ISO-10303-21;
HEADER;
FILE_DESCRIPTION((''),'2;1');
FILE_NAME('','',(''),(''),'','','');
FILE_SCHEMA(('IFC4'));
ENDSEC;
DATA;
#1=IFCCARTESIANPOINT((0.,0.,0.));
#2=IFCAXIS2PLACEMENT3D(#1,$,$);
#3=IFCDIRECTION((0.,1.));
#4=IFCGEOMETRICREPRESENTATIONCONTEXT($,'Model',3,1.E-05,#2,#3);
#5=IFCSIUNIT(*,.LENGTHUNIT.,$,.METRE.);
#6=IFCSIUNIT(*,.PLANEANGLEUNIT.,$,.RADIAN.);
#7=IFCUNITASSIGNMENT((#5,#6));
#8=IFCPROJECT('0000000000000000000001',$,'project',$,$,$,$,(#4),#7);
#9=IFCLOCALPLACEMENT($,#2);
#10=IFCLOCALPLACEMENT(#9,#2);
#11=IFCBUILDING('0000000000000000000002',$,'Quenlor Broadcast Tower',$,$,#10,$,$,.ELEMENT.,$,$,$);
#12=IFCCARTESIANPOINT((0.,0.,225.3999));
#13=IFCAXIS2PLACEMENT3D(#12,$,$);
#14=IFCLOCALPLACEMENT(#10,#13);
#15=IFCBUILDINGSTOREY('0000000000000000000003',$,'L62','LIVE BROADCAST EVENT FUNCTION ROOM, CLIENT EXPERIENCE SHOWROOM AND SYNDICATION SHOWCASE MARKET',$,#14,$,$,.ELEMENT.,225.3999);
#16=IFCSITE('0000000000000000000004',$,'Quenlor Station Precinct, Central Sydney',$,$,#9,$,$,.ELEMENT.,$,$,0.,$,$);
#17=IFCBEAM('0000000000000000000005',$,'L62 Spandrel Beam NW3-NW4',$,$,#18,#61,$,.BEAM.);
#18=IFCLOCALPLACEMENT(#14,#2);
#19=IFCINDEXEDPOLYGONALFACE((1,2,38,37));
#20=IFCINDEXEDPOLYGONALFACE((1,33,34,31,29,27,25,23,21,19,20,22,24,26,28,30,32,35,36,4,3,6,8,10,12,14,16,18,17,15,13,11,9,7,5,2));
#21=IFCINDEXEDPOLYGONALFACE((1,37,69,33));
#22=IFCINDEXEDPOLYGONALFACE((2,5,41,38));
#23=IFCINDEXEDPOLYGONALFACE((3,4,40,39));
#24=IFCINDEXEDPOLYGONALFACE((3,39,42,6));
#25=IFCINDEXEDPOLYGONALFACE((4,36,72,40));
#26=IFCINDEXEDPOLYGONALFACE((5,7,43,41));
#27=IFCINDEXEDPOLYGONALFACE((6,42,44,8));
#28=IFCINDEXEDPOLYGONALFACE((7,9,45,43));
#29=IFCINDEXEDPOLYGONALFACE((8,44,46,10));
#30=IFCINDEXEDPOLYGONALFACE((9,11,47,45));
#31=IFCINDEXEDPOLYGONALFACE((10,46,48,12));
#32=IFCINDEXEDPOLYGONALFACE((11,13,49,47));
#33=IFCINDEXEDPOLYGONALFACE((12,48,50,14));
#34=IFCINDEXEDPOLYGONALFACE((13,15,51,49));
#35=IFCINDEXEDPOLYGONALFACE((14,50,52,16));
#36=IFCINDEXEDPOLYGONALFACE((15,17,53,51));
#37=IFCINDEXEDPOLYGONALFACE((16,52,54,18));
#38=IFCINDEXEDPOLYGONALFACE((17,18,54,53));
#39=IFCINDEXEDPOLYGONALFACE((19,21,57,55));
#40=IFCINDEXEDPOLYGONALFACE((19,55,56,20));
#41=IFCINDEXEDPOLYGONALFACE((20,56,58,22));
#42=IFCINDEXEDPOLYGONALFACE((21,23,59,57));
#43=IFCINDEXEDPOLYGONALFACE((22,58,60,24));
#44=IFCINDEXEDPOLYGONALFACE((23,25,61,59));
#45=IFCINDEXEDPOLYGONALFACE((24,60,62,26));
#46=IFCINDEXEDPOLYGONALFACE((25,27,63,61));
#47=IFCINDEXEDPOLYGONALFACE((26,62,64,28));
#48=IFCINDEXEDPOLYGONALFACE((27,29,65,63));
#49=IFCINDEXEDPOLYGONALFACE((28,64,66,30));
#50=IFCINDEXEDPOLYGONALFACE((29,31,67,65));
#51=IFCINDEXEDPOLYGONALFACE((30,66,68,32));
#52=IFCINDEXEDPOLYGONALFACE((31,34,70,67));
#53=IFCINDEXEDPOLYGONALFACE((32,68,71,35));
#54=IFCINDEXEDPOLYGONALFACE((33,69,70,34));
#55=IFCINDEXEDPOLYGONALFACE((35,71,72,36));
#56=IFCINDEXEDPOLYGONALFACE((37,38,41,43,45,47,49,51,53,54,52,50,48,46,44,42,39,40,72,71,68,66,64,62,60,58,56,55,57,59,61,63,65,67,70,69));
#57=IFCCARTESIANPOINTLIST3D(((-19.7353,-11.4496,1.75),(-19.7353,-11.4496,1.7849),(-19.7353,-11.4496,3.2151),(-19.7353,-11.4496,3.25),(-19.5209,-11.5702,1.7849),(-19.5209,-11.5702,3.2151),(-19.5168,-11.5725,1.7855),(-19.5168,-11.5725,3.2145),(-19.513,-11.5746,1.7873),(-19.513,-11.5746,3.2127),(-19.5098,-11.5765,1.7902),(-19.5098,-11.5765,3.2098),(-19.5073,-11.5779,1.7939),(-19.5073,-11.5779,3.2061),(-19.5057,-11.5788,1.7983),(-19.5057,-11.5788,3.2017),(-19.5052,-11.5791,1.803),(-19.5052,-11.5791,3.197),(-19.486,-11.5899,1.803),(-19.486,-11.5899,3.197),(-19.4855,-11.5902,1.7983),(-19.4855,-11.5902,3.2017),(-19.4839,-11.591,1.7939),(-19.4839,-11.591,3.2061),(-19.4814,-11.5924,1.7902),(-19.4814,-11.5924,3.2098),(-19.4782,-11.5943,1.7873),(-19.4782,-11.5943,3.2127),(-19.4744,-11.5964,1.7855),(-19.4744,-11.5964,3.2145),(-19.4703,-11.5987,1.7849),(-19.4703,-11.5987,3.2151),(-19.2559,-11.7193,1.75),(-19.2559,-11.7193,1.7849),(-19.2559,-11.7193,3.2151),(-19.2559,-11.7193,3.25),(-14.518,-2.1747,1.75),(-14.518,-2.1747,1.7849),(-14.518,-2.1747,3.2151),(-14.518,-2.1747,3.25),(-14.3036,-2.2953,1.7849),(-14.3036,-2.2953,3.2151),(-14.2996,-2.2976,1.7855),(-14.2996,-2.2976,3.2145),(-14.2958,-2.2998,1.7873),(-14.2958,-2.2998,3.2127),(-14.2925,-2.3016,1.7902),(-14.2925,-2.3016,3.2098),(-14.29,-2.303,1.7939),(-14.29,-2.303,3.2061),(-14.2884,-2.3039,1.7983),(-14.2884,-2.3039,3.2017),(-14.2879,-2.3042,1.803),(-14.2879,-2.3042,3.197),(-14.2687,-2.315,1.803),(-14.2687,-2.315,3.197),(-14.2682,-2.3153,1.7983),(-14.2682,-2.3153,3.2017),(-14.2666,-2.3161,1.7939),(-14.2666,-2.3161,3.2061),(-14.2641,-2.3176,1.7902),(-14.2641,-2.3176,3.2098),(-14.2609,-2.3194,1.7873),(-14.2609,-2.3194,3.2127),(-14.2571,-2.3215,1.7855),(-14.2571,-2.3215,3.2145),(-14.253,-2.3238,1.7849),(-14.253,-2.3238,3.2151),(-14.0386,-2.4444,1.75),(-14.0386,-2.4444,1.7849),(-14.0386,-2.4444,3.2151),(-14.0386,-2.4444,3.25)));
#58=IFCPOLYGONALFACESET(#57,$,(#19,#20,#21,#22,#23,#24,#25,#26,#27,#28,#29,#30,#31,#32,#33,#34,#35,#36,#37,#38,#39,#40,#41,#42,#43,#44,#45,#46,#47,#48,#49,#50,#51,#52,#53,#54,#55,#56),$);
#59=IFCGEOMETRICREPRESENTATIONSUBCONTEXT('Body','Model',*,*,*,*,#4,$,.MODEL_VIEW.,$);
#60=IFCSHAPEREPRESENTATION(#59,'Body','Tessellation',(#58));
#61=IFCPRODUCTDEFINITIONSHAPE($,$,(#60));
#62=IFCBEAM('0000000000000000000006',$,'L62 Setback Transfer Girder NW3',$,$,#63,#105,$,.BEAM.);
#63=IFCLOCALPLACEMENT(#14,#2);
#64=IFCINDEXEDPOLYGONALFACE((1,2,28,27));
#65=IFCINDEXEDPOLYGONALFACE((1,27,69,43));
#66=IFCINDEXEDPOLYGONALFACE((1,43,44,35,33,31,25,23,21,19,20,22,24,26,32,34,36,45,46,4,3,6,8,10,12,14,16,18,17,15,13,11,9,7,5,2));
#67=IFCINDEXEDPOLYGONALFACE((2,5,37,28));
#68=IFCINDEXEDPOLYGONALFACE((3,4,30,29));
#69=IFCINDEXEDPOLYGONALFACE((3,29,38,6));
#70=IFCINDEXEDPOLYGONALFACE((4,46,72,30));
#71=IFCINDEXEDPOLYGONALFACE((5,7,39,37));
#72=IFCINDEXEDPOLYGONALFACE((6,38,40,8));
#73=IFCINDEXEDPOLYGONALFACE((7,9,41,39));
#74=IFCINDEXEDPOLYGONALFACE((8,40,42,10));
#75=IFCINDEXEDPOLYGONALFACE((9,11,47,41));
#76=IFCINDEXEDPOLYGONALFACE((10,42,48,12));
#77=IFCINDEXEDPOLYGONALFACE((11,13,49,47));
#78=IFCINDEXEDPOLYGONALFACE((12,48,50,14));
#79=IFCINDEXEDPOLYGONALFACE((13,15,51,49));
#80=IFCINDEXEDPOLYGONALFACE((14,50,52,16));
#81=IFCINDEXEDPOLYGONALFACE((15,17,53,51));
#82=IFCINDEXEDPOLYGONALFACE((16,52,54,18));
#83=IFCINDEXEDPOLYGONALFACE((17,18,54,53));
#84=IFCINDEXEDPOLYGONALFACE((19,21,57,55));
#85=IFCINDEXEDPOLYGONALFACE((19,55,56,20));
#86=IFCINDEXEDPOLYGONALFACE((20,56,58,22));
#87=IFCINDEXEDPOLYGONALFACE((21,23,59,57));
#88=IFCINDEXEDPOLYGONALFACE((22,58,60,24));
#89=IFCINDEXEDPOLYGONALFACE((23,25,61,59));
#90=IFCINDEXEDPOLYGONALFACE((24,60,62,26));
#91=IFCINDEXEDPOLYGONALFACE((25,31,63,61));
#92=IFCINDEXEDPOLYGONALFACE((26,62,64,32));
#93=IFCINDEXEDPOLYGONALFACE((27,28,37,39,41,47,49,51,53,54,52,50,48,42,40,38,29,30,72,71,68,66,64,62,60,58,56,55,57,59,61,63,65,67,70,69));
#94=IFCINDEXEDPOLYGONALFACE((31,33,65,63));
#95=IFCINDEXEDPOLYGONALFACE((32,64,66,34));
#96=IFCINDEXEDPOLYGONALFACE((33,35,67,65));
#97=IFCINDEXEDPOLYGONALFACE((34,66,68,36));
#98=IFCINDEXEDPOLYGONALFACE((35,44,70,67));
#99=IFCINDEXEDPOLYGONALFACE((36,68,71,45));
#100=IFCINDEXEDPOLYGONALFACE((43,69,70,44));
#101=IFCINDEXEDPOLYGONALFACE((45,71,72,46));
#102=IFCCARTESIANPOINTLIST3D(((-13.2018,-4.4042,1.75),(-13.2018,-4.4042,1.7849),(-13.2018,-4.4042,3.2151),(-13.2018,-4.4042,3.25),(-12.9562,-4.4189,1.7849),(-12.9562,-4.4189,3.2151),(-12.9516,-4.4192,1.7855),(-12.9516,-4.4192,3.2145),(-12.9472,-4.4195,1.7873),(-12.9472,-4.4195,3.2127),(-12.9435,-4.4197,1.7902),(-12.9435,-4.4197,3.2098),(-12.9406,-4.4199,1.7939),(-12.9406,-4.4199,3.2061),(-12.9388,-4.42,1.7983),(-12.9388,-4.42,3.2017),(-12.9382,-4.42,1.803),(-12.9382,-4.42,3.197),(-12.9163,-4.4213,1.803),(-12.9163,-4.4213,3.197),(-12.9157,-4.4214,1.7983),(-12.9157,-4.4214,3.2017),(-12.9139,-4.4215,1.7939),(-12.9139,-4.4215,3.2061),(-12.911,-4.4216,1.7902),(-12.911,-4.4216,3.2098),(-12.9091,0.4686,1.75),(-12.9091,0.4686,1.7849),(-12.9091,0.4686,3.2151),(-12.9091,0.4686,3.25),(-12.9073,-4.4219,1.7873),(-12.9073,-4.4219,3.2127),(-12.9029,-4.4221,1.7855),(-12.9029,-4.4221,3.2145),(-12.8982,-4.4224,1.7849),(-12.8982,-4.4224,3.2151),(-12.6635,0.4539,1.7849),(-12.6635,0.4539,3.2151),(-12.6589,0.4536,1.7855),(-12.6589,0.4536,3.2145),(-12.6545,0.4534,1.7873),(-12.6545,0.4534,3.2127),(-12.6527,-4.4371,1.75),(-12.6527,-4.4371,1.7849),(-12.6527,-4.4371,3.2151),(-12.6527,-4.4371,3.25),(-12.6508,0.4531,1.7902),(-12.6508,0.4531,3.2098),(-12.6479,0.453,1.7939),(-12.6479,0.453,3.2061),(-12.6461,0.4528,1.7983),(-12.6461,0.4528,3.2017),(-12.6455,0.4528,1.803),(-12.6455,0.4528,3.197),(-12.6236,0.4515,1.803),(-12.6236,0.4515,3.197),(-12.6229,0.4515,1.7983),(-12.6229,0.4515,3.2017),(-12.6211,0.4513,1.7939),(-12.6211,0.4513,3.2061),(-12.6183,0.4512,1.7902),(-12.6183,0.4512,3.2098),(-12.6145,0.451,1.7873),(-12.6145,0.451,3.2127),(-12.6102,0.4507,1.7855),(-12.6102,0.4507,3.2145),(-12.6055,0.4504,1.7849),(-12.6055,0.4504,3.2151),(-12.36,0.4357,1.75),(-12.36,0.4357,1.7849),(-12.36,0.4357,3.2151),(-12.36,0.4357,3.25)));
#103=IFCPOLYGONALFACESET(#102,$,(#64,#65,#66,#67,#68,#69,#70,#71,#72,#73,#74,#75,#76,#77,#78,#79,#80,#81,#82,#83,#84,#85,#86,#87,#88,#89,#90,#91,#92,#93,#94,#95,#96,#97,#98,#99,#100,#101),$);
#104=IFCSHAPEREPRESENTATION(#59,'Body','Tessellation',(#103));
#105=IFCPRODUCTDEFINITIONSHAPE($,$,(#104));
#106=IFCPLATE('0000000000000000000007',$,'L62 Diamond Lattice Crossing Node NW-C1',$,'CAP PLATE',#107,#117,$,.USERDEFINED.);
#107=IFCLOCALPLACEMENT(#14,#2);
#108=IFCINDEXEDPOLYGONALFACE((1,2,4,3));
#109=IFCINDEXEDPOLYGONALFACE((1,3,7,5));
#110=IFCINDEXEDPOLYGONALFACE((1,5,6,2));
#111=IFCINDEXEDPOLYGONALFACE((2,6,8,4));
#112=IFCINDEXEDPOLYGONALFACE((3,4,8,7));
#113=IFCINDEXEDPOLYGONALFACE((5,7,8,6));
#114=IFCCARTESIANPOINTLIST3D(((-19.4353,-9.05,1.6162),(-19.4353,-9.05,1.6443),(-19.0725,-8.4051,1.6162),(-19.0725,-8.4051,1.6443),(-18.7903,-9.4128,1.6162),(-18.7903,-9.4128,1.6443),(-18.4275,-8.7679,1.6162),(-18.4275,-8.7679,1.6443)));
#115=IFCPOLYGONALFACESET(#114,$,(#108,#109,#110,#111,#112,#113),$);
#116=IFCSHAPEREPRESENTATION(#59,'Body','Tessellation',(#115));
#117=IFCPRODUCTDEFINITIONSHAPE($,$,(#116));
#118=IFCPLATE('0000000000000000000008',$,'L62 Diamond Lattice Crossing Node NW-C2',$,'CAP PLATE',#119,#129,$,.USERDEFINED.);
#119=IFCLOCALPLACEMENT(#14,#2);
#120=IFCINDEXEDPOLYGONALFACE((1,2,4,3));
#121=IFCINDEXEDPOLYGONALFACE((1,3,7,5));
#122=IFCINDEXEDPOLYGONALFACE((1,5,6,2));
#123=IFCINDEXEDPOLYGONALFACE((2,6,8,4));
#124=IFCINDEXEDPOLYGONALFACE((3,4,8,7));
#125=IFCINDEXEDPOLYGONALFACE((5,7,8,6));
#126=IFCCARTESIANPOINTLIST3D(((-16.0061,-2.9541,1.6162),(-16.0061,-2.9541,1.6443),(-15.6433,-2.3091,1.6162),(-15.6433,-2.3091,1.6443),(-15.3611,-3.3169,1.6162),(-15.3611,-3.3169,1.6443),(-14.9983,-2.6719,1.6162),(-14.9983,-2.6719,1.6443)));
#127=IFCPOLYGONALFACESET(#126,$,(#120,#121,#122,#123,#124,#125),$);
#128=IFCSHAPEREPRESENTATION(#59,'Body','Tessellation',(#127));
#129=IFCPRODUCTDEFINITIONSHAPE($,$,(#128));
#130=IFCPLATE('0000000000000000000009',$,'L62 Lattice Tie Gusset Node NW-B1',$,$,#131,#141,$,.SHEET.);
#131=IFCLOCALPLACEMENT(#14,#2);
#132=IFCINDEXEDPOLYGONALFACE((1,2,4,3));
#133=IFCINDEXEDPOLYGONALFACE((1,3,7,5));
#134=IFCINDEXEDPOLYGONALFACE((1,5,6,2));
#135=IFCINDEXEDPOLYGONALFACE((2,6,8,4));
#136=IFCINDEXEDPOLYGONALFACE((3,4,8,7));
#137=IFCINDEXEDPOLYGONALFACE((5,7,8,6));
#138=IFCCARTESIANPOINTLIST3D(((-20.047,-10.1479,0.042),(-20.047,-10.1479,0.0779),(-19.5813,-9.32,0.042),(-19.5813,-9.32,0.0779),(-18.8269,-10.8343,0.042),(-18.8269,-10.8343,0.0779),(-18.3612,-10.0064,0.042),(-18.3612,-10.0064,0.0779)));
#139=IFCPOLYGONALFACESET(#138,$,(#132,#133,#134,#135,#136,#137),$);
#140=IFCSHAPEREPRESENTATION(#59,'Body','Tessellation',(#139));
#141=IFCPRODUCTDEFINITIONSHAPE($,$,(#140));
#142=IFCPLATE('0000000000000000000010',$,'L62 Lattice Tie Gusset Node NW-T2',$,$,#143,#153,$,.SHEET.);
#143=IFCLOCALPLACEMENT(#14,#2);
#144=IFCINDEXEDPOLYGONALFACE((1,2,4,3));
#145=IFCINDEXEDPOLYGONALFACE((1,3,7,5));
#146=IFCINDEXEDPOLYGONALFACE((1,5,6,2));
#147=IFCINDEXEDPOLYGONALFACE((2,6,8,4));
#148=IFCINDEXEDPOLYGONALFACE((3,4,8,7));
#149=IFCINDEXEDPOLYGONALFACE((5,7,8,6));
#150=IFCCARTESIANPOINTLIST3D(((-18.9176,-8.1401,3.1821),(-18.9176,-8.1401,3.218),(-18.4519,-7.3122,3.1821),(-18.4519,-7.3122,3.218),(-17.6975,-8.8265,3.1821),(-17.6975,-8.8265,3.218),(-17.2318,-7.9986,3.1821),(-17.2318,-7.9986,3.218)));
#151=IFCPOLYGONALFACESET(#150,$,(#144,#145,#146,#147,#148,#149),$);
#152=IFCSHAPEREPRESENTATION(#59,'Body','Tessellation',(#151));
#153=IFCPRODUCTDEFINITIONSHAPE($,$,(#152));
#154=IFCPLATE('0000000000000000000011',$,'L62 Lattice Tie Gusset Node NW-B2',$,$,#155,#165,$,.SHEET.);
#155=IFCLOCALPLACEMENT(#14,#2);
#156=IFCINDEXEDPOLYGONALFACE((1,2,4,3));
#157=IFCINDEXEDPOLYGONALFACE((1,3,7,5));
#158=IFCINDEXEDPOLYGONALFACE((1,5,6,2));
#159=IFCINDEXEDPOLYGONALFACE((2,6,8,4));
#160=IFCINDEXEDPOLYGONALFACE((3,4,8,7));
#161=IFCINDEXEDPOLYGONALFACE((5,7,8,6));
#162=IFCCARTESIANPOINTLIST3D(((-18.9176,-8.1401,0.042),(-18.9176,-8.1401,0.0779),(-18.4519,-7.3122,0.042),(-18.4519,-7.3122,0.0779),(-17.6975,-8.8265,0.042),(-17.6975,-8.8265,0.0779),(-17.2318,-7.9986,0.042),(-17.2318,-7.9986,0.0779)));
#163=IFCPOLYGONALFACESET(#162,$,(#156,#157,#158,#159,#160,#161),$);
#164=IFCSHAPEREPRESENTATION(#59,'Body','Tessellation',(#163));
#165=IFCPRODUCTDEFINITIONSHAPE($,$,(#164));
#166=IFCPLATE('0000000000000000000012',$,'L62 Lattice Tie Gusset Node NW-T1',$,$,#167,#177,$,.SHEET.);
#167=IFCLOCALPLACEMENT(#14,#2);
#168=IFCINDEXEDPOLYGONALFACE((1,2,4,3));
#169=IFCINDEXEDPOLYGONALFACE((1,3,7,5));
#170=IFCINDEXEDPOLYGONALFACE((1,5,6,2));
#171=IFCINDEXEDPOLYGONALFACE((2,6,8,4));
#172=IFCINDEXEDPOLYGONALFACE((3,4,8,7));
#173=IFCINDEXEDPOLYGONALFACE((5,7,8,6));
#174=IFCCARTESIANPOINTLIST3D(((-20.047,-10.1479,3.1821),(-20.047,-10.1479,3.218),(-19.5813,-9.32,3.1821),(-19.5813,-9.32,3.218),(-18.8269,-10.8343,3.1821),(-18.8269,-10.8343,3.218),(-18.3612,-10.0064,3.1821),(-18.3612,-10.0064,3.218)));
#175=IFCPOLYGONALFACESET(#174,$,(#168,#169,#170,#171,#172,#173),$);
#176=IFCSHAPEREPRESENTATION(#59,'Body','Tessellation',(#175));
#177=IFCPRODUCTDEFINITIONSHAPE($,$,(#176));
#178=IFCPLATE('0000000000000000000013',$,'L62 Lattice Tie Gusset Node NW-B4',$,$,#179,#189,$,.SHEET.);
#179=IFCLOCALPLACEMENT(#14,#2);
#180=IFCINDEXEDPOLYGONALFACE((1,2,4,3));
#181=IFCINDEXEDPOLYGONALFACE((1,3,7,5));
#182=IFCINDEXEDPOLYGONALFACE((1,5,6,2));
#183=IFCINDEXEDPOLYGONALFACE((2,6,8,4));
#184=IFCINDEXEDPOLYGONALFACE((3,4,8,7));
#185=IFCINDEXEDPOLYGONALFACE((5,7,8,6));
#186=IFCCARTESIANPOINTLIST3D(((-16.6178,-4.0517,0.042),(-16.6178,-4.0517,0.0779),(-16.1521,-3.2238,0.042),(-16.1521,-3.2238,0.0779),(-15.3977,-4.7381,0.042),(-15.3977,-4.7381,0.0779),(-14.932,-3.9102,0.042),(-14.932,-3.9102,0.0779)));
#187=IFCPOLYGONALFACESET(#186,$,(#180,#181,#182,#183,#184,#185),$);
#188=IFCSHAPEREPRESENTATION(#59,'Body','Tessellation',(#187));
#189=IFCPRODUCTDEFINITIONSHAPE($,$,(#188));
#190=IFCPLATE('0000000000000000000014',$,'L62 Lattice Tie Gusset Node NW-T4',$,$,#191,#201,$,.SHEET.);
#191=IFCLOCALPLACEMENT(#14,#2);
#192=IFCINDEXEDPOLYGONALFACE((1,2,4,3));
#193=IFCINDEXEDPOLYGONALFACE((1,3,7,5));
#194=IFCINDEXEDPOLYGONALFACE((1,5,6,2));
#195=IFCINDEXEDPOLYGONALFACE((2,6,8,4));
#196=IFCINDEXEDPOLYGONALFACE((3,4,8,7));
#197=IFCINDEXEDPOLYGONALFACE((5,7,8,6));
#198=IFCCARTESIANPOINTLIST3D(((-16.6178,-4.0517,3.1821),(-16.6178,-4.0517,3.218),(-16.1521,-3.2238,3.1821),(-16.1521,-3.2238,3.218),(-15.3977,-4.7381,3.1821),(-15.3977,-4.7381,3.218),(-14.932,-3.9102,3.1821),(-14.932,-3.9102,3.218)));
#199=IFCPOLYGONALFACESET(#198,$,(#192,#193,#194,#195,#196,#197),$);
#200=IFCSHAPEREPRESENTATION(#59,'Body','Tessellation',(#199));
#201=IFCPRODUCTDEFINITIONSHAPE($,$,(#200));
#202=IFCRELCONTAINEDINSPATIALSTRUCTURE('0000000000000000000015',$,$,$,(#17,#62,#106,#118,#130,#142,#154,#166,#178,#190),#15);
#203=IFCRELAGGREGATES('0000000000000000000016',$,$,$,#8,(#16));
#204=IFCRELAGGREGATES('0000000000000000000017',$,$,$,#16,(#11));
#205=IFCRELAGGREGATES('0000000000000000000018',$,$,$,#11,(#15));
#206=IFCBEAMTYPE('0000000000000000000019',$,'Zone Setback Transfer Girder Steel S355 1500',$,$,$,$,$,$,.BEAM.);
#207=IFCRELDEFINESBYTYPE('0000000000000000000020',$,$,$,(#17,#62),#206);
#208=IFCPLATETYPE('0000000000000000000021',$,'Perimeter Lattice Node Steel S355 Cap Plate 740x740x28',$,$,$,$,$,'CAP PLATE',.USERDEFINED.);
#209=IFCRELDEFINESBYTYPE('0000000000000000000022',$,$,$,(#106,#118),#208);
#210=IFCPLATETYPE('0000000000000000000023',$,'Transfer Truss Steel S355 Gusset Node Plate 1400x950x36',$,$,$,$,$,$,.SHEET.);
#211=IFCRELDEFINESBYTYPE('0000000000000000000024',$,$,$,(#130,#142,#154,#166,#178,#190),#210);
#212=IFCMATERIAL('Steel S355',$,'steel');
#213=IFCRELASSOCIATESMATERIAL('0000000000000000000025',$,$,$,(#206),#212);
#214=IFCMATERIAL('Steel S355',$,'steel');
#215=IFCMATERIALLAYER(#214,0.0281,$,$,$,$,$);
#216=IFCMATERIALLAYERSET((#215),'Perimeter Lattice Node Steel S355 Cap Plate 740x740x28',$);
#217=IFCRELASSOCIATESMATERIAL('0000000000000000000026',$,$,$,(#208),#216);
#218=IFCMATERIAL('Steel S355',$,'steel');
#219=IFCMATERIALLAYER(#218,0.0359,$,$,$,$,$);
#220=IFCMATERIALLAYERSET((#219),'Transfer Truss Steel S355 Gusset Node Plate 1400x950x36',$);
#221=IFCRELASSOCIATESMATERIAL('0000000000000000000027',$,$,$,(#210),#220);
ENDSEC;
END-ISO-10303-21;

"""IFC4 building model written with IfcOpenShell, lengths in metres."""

from ifc_helpers import new_model, si_unit, direction, frame, origin, origin_2d, place, context, subcontext, project, spatial, rectangle, i_section, extrude, material, layer, layer_set, material_profile, profile_set, type_object, element, save


model = new_model("IFC4")

# Units and contexts
model_context = context("Model", 3, precision=1e-05, world=origin(), true_north=direction((0.0, 1.0)))
body_context = subcontext(model_context, "Body", "Model", "MODEL_VIEW")
ifc_project = project(units=[si_unit("LENGTHUNIT", "METRE"), si_unit("PLANEANGLEUNIT", "RADIAN")], contexts=[model_context])

# Site, building, storey
site_placement = place(None, origin())
site = spatial("IfcSite", under=ifc_project, at=site_placement, Name="Quenlor Station Precinct, Central Sydney", CompositionType="ELEMENT", RefElevation=0.0)
building_placement = place(site_placement, origin())
building = spatial("IfcBuilding", under=site, at=building_placement, Name="Quenlor Broadcast Tower", CompositionType="ELEMENT")
storey_placement = place(building_placement, frame((0.0, 0.0, 225.3999)))
storey = spatial("IfcBuildingStorey", under=building, at=storey_placement, Name="L62", Description="LIVE BROADCAST EVENT FUNCTION ROOM, CLIENT EXPERIENCE SHOWROOM AND SYNDICATION SHOWCASE MARKET", CompositionType="ELEMENT", Elevation=225.3999)

# Beams
ifc_material_1 = material(Name="Steel S355", Category="steel")
ifc_material_profile_1 = material_profile(ifc_material_1, i_section(OverallWidth=0.55, OverallDepth=1.5, WebThickness=0.022, FlangeThickness=0.0349, FilletRadius=0.0181, at=origin_2d()))
ifc_profile_set_1 = profile_set([ifc_material_profile_1], Name="Steel S355 1500TG510")
beam_type_1 = type_object("IfcBeamType", Name="Zone Setback Transfer Girder Steel S355 1500", PredefinedType="BEAM", material=ifc_profile_set_1)
beam_1_placement = place(storey_placement, frame((-14.2783, -2.3096, 2.5), z_axis=(-0.490272, -0.871569, 0.0), x_axis=(0.871569, -0.490272, 0.0)))
element("IfcBeam", 1, at=beam_1_placement, inside=storey, type_object=beam_type_1, Name="L62 Spandrel Beam NW3-NW4", PredefinedType="BEAM", context=body_context, shape_type="SweptSolid", body=[
    extrude(i_section(OverallWidth=0.55, OverallDepth=1.5, WebThickness=0.022, FlangeThickness=0.0349, FilletRadius=0.0181, at=origin_2d()), origin(), (0.0, 0.0, 1.0), 10.6416),
])
beam_2_placement = place(storey_placement, frame((-12.9272, -4.4207, 2.5), z_axis=(0.059965, 0.9982, 0.0), x_axis=(-0.9982, 0.059965, 0.0)))
element("IfcBeam", 2, at=beam_2_placement, inside=storey, type_object=beam_type_1, Name="L62 Setback Transfer Girder NW3", PredefinedType="BEAM", context=body_context, shape_type="SweptSolid", body=[
    extrude(i_section(OverallWidth=0.55, OverallDepth=1.5, WebThickness=0.022, FlangeThickness=0.0349, FilletRadius=0.0181, at=origin_2d()), origin(), (0.0, 0.0, 1.0), 4.8816),
])

# Plates
ifc_material_2 = material(Name="Steel S355", Category="steel")
ifc_layer_1 = layer(ifc_material_2, 0.0281)
ifc_layer_set_1 = layer_set([ifc_layer_1], Name="Perimeter Lattice Node Steel S355 Cap Plate 740x740x28")
plate_type_1 = type_object("IfcPlateType", Name="Perimeter Lattice Node Steel S355 Cap Plate 740x740x28", ElementType="CAP PLATE", PredefinedType="USERDEFINED", material=ifc_layer_set_1)
for number, where, z_axis, x_axis, name in (
    (3, (-18.9314, -8.9089, 1.6162), (0.0, 0.0, 1.0), (0.490295, 0.871556, 0.0), "L62 Diamond Lattice Crossing Node NW-C1"),
    (4, (-15.5022, -2.813, 1.6162), (0.0, 0.0, 1.0), (0.490295, 0.871556, 0.0), "L62 Diamond Lattice Crossing Node NW-C2"),
):
    element("IfcPlate", number, at=place(storey_placement, frame(where, z_axis=z_axis, x_axis=x_axis)), inside=storey, type_object=plate_type_1, Name=name, ObjectType="CAP PLATE", PredefinedType="USERDEFINED", context=body_context, shape_type="SweptSolid", body=[
        extrude(rectangle(XDim=0.74, YDim=0.74, at=origin_2d()), origin(), (0.0, 0.0, 1.0), 0.0281),
    ])
ifc_material_3 = material(Name="Steel S355", Category="steel")
ifc_layer_2 = layer(ifc_material_3, 0.0359)
ifc_layer_set_2 = layer_set([ifc_layer_2], Name="Transfer Truss Steel S355 Gusset Node Plate 1400x950x36")
plate_type_2 = type_object("IfcPlateType", Name="Transfer Truss Steel S355 Gusset Node Plate 1400x950x36", PredefinedType="SHEET", material=ifc_layer_set_2)
for number, where, z_axis, x_axis, name in (
    (5, (-19.2041, -10.0771, 0.042), (0.0, 0.0, 1.0), (-0.871556, 0.490295, 0.0), "L62 Lattice Tie Gusset Node NW-B1"),
    (6, (-18.0747, -8.0693, 3.1821), (0.0, 0.0, 1.0), (-0.871556, 0.490295, 0.0), "L62 Lattice Tie Gusset Node NW-T2"),
    (7, (-18.0747, -8.0693, 0.042), (0.0, 0.0, 1.0), (-0.871556, 0.490295, 0.0), "L62 Lattice Tie Gusset Node NW-B2"),
    (8, (-19.2041, -10.0771, 3.1821), (0.0, 0.0, 1.0), (-0.871556, 0.490295, 0.0), "L62 Lattice Tie Gusset Node NW-T1"),
    (9, (-15.7749, -3.981, 0.042), (0.0, 0.0, 1.0), (-0.871556, 0.490295, 0.0), "L62 Lattice Tie Gusset Node NW-B4"),
    (10, (-15.7749, -3.981, 3.1821), (0.0, 0.0, 1.0), (-0.871556, 0.490295, 0.0), "L62 Lattice Tie Gusset Node NW-T4"),
):
    element("IfcPlate", number, at=place(storey_placement, frame(where, z_axis=z_axis, x_axis=x_axis)), inside=storey, type_object=plate_type_2, Name=name, PredefinedType="SHEET", context=body_context, shape_type="SweptSolid", body=[
        extrude(rectangle(XDim=1.3999, YDim=0.95, at=origin_2d()), origin(), (0.0, 0.0, 1.0), 0.0359),
    ])

save(model, "model.ifc")
